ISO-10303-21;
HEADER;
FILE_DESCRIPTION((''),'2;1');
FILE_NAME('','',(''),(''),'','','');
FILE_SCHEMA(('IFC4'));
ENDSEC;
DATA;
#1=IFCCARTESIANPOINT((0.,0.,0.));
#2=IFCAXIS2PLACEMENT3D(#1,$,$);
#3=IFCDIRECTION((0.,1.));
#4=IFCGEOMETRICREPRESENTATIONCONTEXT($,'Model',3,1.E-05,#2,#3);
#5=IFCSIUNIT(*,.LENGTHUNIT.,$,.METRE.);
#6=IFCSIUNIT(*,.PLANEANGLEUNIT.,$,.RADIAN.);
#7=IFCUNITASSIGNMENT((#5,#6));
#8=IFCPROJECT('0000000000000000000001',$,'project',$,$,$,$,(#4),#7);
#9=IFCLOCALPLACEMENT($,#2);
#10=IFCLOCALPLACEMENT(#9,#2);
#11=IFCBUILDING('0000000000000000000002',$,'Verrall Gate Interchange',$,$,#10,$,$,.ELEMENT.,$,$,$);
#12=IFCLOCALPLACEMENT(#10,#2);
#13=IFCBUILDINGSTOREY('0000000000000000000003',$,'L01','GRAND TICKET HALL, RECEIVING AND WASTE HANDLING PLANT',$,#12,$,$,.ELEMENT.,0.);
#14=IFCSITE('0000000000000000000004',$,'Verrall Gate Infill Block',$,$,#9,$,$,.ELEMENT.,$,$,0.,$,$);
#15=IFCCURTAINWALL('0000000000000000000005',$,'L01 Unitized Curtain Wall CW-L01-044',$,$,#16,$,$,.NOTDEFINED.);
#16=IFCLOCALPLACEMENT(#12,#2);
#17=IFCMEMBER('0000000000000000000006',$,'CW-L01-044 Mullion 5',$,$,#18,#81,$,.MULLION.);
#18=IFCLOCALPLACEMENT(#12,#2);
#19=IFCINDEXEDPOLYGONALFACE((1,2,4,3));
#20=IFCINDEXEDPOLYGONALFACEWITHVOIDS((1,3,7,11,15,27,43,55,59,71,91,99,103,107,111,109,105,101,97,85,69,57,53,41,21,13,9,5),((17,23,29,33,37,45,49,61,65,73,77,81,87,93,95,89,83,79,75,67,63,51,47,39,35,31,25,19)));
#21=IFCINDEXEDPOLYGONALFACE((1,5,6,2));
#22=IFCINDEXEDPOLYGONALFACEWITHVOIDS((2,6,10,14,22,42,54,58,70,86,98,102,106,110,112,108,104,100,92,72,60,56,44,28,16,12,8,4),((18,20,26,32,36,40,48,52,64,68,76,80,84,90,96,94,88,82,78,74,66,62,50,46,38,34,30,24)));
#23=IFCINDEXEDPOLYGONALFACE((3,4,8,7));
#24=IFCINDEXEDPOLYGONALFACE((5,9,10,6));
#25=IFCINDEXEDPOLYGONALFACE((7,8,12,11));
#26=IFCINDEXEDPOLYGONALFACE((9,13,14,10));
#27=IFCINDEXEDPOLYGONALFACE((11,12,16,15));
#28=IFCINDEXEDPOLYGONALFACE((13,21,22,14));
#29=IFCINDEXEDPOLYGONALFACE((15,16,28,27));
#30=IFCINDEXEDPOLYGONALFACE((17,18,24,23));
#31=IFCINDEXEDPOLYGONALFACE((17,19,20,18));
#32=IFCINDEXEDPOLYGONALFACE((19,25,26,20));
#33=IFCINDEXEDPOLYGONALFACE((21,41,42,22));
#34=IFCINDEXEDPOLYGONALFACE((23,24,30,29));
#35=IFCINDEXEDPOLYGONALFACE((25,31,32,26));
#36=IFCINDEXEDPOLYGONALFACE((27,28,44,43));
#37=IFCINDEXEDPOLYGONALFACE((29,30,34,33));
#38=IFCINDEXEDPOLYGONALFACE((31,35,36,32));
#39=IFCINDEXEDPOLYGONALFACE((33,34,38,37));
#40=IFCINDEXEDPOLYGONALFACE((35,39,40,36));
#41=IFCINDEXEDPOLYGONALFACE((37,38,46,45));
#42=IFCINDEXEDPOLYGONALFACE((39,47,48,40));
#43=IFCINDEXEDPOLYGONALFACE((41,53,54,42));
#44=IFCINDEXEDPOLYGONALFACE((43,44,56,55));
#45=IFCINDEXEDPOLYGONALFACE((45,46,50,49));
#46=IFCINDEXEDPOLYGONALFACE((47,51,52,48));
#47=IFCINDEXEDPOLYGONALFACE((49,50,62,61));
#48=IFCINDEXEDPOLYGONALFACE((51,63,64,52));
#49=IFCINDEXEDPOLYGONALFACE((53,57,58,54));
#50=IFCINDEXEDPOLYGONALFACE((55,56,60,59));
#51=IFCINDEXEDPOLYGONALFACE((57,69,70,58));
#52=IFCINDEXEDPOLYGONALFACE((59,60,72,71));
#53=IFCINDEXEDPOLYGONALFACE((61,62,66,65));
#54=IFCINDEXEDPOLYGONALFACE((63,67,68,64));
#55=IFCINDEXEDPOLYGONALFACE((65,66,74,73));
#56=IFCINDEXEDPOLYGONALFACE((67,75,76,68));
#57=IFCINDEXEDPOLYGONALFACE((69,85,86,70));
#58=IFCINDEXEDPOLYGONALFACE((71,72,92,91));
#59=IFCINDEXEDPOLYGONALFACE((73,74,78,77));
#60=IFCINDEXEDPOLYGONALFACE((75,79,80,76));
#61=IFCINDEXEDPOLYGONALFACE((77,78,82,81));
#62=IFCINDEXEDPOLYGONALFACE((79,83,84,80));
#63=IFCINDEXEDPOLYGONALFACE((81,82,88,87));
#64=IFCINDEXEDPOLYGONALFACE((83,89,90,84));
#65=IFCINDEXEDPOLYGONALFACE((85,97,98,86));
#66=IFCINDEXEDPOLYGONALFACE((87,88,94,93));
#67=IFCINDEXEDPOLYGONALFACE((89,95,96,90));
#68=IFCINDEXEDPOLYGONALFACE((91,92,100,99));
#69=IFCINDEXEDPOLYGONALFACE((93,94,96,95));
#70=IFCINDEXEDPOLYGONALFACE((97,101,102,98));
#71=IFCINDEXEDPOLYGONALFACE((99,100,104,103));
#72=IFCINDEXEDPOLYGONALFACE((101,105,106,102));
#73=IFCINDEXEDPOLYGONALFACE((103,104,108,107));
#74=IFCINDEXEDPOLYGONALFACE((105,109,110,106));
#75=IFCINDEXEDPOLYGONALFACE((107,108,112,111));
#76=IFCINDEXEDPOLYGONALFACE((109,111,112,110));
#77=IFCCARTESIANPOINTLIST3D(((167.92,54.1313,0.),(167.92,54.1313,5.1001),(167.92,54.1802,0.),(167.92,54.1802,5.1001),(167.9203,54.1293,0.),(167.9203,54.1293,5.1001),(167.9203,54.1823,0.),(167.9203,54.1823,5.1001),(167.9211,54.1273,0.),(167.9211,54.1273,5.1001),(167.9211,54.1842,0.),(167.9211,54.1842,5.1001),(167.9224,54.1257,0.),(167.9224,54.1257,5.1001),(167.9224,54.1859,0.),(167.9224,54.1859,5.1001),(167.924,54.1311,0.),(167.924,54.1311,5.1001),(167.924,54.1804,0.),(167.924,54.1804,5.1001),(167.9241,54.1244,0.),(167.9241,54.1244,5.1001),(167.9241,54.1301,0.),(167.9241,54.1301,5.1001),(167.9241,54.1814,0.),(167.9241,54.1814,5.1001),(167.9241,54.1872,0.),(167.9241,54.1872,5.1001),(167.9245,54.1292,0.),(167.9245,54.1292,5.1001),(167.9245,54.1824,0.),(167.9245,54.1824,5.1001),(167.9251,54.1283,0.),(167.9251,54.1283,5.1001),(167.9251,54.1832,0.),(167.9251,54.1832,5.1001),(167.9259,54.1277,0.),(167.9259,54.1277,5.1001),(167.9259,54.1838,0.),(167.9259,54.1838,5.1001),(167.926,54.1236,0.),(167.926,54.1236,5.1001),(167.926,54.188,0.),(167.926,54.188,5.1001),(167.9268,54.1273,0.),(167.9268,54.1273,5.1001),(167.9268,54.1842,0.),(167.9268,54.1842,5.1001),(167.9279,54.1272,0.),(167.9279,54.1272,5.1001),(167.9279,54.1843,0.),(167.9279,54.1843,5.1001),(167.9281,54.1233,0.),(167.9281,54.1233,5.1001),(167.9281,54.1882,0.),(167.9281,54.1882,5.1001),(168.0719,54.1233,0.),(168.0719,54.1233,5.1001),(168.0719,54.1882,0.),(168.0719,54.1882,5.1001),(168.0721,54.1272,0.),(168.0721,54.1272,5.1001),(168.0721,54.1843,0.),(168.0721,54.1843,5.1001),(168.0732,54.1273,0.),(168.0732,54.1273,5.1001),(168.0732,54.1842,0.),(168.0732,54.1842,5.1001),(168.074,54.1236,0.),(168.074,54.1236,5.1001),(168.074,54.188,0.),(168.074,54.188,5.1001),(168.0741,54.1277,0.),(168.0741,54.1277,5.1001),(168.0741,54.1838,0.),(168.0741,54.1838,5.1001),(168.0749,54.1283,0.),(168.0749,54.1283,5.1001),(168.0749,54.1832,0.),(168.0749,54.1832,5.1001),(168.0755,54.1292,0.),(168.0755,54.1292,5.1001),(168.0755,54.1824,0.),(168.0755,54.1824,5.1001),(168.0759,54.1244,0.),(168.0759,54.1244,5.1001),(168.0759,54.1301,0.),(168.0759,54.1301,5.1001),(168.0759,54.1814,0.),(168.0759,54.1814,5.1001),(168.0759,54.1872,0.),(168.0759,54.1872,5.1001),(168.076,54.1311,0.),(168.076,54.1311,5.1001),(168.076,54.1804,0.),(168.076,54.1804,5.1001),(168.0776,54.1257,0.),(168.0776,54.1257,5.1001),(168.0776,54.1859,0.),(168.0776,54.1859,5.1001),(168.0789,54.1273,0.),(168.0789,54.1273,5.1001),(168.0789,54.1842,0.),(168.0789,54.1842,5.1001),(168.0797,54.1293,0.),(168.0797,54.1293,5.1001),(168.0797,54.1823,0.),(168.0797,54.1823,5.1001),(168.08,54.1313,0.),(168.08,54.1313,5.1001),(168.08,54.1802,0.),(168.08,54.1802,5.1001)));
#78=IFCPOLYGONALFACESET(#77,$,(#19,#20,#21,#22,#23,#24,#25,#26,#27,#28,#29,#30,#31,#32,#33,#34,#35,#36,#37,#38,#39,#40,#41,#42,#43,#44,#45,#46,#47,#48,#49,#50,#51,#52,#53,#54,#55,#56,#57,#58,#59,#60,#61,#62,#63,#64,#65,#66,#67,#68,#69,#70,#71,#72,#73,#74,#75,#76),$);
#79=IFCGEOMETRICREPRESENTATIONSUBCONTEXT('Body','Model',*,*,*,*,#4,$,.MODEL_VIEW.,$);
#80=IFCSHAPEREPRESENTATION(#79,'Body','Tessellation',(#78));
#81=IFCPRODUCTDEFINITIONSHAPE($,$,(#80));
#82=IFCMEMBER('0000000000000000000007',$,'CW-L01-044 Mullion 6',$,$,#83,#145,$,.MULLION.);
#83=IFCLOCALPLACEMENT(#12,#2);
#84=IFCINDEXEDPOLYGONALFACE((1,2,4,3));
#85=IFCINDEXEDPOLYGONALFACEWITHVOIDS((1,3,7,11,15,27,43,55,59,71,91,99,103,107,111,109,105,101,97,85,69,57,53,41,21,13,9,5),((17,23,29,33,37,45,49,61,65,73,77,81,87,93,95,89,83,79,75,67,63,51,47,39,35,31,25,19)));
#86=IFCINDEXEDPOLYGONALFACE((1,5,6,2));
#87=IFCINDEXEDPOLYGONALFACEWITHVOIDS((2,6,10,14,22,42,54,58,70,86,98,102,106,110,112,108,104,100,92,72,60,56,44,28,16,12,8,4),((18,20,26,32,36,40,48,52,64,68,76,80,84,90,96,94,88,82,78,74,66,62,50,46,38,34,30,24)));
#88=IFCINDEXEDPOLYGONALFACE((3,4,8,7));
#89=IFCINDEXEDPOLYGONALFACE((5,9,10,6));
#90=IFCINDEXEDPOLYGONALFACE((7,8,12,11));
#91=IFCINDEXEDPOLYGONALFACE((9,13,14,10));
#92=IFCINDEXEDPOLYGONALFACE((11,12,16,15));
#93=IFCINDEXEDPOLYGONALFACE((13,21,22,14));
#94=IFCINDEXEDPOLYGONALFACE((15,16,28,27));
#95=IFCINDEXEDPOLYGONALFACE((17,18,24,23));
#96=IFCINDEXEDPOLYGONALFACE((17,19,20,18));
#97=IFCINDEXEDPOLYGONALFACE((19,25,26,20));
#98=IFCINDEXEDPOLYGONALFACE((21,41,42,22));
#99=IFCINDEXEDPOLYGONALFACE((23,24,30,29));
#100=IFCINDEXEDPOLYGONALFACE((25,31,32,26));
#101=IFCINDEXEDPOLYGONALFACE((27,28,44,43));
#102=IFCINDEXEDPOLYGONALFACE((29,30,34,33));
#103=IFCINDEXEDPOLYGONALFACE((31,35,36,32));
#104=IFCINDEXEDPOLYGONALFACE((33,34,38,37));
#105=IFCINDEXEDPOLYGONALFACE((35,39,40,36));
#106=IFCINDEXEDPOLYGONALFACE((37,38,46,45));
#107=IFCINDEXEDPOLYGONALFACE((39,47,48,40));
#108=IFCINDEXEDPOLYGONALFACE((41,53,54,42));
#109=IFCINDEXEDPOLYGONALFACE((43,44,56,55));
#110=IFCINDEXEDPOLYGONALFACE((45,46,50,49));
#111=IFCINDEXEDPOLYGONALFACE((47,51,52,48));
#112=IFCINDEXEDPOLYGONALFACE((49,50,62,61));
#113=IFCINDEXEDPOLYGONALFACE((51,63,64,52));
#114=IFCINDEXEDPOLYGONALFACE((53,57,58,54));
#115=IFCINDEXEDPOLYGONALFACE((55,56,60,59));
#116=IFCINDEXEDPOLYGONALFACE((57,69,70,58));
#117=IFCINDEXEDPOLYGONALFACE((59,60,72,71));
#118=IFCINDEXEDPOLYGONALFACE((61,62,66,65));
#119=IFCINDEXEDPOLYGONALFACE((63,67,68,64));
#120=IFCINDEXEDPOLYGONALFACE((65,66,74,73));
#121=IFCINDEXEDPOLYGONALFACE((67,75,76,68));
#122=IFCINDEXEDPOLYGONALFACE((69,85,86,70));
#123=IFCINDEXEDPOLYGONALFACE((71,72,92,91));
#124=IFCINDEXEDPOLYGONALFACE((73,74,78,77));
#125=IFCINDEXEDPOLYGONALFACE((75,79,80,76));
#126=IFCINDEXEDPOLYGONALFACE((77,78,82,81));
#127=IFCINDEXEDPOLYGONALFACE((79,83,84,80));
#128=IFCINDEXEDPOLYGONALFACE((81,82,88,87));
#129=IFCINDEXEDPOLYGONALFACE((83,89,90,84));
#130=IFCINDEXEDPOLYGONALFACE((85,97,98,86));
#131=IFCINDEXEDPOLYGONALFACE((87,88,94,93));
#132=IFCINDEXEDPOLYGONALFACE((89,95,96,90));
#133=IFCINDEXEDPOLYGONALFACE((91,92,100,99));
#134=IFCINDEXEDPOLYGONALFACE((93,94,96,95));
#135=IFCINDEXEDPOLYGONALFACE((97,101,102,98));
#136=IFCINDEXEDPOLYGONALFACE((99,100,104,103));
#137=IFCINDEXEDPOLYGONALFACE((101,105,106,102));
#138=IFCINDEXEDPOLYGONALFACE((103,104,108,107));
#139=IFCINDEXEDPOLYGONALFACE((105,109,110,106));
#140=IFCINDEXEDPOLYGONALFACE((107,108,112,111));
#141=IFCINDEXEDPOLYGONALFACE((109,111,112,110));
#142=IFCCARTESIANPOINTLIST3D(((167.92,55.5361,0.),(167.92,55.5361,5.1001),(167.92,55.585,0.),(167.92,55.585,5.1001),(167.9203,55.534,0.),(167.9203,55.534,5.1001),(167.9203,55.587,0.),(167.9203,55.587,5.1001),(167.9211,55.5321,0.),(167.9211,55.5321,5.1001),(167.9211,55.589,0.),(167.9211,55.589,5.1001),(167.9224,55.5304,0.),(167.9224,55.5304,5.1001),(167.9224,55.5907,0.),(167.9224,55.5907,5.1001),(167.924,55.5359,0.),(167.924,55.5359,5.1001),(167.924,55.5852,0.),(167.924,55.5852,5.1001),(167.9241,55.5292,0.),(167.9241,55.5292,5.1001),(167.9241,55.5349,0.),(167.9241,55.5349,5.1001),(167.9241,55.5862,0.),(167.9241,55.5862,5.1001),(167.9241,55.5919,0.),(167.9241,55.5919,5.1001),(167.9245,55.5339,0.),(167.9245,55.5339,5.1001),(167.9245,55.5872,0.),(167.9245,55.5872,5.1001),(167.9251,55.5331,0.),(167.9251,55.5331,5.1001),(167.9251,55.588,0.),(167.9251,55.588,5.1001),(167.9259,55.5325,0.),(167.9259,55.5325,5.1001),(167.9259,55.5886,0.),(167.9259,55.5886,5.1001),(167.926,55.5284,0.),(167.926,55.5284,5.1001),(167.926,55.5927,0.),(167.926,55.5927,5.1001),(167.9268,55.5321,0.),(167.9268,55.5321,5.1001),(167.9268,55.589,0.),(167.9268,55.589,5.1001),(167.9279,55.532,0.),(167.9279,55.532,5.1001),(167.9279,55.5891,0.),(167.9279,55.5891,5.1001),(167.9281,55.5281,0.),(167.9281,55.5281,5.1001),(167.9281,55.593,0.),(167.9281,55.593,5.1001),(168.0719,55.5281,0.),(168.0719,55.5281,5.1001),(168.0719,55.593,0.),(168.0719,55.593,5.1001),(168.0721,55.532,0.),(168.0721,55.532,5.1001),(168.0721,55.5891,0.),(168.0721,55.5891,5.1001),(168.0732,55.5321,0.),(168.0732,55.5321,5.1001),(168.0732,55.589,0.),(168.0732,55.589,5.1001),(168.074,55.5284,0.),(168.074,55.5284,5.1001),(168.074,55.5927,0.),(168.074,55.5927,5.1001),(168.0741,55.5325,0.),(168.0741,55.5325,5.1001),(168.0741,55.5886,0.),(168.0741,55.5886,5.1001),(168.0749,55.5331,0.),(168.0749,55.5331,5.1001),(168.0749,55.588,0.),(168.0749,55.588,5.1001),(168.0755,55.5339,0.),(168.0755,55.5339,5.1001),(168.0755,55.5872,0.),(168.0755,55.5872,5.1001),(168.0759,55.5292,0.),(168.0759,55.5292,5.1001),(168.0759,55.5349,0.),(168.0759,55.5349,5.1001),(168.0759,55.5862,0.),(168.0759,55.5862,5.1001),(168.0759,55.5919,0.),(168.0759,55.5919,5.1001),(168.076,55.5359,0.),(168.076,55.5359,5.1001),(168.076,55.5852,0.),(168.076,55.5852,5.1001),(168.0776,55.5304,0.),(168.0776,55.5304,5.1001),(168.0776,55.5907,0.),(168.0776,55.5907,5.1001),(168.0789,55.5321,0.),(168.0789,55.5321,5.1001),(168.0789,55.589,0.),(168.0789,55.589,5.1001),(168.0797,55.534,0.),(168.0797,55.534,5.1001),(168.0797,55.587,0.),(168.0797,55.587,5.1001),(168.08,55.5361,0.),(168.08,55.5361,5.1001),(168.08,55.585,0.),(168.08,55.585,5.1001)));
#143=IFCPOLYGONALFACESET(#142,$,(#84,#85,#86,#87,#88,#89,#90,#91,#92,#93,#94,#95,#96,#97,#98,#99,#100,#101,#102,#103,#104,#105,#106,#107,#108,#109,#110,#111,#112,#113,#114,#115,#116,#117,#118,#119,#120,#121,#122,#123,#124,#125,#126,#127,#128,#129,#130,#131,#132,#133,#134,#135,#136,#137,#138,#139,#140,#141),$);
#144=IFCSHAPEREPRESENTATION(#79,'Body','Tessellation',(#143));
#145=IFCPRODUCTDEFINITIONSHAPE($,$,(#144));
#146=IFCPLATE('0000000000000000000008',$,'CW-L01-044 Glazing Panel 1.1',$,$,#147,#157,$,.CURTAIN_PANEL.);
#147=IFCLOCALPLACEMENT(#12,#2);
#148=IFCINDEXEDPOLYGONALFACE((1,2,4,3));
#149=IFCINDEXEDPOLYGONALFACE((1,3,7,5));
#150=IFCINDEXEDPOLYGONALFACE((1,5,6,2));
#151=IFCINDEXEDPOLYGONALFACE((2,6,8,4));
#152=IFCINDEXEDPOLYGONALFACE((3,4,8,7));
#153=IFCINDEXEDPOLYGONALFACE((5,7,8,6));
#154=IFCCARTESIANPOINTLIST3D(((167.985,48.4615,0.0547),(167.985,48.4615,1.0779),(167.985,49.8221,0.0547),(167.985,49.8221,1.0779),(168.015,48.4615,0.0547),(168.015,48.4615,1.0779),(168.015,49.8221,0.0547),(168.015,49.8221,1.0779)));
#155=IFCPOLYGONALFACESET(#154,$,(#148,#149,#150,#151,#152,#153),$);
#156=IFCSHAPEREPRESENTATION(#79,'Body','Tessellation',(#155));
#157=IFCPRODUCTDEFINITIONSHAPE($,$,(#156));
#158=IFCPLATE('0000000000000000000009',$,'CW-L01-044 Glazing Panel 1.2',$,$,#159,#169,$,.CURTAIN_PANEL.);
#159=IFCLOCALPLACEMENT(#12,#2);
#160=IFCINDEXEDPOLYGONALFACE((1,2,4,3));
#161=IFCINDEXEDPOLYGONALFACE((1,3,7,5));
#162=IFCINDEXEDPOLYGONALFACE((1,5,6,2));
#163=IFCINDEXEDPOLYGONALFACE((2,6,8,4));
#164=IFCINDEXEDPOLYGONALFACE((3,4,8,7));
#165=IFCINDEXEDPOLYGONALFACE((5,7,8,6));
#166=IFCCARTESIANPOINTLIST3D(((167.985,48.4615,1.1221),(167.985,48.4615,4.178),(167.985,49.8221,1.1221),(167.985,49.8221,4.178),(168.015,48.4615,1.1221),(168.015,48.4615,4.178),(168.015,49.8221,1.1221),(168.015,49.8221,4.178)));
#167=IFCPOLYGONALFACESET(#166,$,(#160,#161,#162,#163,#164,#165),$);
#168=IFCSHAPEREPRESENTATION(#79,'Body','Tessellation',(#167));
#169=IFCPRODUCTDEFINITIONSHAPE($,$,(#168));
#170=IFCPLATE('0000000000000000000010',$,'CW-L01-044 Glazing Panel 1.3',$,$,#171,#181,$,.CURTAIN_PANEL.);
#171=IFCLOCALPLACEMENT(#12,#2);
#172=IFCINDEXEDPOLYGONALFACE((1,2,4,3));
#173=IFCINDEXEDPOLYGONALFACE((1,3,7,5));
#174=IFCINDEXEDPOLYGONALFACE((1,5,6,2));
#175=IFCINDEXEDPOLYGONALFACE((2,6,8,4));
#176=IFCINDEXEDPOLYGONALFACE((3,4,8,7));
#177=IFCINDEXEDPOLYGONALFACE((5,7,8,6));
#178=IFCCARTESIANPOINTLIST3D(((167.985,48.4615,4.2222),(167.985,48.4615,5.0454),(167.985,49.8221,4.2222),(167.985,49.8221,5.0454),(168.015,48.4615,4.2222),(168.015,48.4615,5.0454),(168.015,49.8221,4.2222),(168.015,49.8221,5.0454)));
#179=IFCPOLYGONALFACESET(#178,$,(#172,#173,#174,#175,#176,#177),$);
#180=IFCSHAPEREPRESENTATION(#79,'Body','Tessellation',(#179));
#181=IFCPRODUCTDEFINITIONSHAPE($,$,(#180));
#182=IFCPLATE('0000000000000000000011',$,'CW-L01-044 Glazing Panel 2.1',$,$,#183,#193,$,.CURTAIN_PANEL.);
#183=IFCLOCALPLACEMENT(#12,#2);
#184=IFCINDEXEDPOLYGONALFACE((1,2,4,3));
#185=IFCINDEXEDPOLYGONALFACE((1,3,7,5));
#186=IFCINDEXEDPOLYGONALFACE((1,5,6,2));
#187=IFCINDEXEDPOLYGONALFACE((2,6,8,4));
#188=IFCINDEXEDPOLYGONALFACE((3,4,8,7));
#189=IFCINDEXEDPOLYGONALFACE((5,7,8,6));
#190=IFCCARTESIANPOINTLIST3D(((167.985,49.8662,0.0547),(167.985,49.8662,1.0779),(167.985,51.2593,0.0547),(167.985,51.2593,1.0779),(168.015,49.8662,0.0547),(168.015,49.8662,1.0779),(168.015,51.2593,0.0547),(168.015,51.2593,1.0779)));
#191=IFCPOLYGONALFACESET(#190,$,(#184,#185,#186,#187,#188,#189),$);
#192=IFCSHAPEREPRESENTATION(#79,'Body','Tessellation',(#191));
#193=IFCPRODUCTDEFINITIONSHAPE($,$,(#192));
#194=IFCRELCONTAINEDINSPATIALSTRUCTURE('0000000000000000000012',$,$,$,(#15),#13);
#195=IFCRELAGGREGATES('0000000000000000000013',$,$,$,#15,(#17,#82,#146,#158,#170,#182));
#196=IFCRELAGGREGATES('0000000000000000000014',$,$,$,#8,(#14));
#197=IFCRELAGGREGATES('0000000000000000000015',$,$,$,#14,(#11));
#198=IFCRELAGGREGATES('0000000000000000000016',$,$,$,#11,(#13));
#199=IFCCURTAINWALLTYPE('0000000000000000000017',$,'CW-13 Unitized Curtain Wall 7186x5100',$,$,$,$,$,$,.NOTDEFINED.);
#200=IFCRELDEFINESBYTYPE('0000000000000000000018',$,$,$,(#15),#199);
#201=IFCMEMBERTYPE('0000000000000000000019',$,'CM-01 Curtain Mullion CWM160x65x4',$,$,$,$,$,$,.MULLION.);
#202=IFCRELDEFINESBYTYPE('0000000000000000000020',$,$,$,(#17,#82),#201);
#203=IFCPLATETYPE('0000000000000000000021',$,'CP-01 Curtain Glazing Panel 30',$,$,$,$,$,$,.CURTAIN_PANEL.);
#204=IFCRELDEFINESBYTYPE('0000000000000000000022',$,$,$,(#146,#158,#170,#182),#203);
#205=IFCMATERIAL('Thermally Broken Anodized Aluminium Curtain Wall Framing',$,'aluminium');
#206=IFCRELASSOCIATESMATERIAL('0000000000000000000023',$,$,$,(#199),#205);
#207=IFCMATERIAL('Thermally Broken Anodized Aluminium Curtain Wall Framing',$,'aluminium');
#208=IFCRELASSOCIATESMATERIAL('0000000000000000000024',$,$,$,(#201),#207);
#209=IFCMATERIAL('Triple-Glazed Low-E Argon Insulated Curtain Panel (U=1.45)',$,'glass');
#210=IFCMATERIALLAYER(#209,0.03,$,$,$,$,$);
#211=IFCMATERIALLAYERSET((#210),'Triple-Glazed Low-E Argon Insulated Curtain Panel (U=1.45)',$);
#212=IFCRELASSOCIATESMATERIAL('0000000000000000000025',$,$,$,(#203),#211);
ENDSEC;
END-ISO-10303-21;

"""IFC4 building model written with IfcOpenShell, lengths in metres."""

from ifc_helpers import new_model, si_unit, direction, frame, origin, origin_2d, place, context, subcontext, project, spatial, rectangle, hollow_rectangle, extrude, material, layer, layer_set, material_profile, profile_set, type_object, element, aggregate, save


model = new_model("IFC4")

# Units and contexts
model_context = context("Model", 3, precision=1e-05, world=origin(), true_north=direction((0.0, 1.0)))
body_context = subcontext(model_context, "Body", "Model", "MODEL_VIEW")
ifc_project = project(units=[si_unit("LENGTHUNIT", "METRE"), si_unit("PLANEANGLEUNIT", "RADIAN")], contexts=[model_context])

# Site, building, storey
site_placement = place(None, origin())
site = spatial("IfcSite", under=ifc_project, at=site_placement, Name="Verrall Gate Infill Block", CompositionType="ELEMENT", RefElevation=0.0)
building_placement = place(site_placement, origin())
building = spatial("IfcBuilding", under=site, at=building_placement, Name="Verrall Gate Interchange", CompositionType="ELEMENT")
storey_placement = place(building_placement, origin())
storey = spatial("IfcBuildingStorey", under=building, at=storey_placement, Name="L01", Description="GRAND TICKET HALL, RECEIVING AND WASTE HANDLING PLANT", CompositionType="ELEMENT", Elevation=0.0)

# Curtain wall, members, plates
ifc_material_1 = material(Name="Thermally Broken Anodized Aluminium Curtain Wall Framing", Category="aluminium")
curtain_wall_type = type_object("IfcCurtainWallType", Name="CW-13 Unitized Curtain Wall 7186x5100", PredefinedType="NOTDEFINED", material=ifc_material_1)
curtain_wall_placement = place(storey_placement, origin())
curtain_wall = element("IfcCurtainWall", 1, at=curtain_wall_placement, inside=storey, type_object=curtain_wall_type, Name="L01 Unitized Curtain Wall CW-L01-044", PredefinedType="NOTDEFINED")
ifc_material_2 = material(Name="Thermally Broken Anodized Aluminium Curtain Wall Framing", Category="aluminium")
ifc_material_profile = material_profile(ifc_material_2, hollow_rectangle(XDim=0.0649, YDim=0.1599, WallThickness=0.0039, InnerFilletRadius=0.0039, OuterFilletRadius=0.0081, at=origin_2d()), Name="CWM160x65x4")
ifc_profile_set = profile_set([ifc_material_profile], Name="Thermally Broken Anodized Aluminium Curtain Wall Framing")
member_type = type_object("IfcMemberType", Name="CM-01 Curtain Mullion CWM160x65x4", PredefinedType="MULLION", material=ifc_profile_set)
member_1_placement = place(storey_placement, frame((168.0, 54.1558, 0.0), z_axis=(0.0, 0.0, 1.0), x_axis=(0.0, 1.0, 0.0)))
member_1 = element("IfcMember", 2, at=member_1_placement, type_object=member_type, Name="CW-L01-044 Mullion 5", PredefinedType="MULLION", context=body_context, shape_type="SweptSolid", body=[
    extrude(hollow_rectangle(XDim=0.0649, YDim=0.1599, WallThickness=0.0039, InnerFilletRadius=0.0039, OuterFilletRadius=0.0081, at=origin_2d()), origin(), (0.0, 0.0, 1.0), 5.1001),
])
member_2_placement = place(storey_placement, frame((168.0, 55.5605, 0.0), z_axis=(0.0, 0.0, 1.0), x_axis=(0.0, 1.0, 0.0)))
member_2 = element("IfcMember", 3, at=member_2_placement, type_object=member_type, Name="CW-L01-044 Mullion 6", PredefinedType="MULLION", context=body_context, shape_type="SweptSolid", body=[
    extrude(hollow_rectangle(XDim=0.0649, YDim=0.1599, WallThickness=0.0039, InnerFilletRadius=0.0039, OuterFilletRadius=0.0081, at=origin_2d()), origin(), (0.0, 0.0, 1.0), 5.1001),
])
ifc_material_3 = material(Name="Triple-Glazed Low-E Argon Insulated Curtain Panel (U=1.45)", Category="glass")
ifc_layer = layer(ifc_material_3, 0.03)
ifc_layer_set = layer_set([ifc_layer], Name="Triple-Glazed Low-E Argon Insulated Curtain Panel (U=1.45)")
plate_type = type_object("IfcPlateType", Name="CP-01 Curtain Glazing Panel 30", PredefinedType="CURTAIN_PANEL", material=ifc_layer_set)
plate_1_placement = place(storey_placement, frame((168.0, 49.1418, 0.0547), z_axis=(0.0, 0.0, 1.0), x_axis=(0.0, 1.0, 0.0)))
plate_1 = element("IfcPlate", 4, at=plate_1_placement, type_object=plate_type, Name="CW-L01-044 Glazing Panel 1.1", PredefinedType="CURTAIN_PANEL", context=body_context, shape_type="SweptSolid", body=[
    extrude(rectangle(XDim=1.3606, YDim=0.03, at=origin_2d()), origin(), (0.0, 0.0, 1.0), 1.0232),
])
plate_2_placement = place(storey_placement, frame((168.0, 49.1418, 1.1221), z_axis=(0.0, 0.0, 1.0), x_axis=(0.0, 1.0, 0.0)))
plate_2 = element("IfcPlate", 5, at=plate_2_placement, type_object=plate_type, Name="CW-L01-044 Glazing Panel 1.2", PredefinedType="CURTAIN_PANEL", context=body_context, shape_type="SweptSolid", body=[
    extrude(rectangle(XDim=1.3606, YDim=0.03, at=origin_2d()), origin(), (0.0, 0.0, 1.0), 3.0559),
])
plate_3_placement = place(storey_placement, frame((168.0, 49.1418, 4.2222), z_axis=(0.0, 0.0, 1.0), x_axis=(0.0, 1.0, 0.0)))
plate_3 = element("IfcPlate", 6, at=plate_3_placement, type_object=plate_type, Name="CW-L01-044 Glazing Panel 1.3", PredefinedType="CURTAIN_PANEL", context=body_context, shape_type="SweptSolid", body=[
    extrude(rectangle(XDim=1.3606, YDim=0.03, at=origin_2d()), origin(), (0.0, 0.0, 1.0), 0.8232),
])
plate_4_placement = place(storey_placement, frame((168.0, 50.5627, 0.0547), z_axis=(0.0, 0.0, 1.0), x_axis=(0.0, 1.0, 0.0)))
plate_4 = element("IfcPlate", 7, at=plate_4_placement, type_object=plate_type, Name="CW-L01-044 Glazing Panel 2.1", PredefinedType="CURTAIN_PANEL", context=body_context, shape_type="SweptSolid", body=[
    extrude(rectangle(XDim=1.3931, YDim=0.03, at=origin_2d()), origin(), (0.0, 0.0, 1.0), 1.0232),
])
aggregate(curtain_wall, [member_1, member_2, plate_1, plate_2, plate_3, plate_4])

save(model, "model.ifc")
